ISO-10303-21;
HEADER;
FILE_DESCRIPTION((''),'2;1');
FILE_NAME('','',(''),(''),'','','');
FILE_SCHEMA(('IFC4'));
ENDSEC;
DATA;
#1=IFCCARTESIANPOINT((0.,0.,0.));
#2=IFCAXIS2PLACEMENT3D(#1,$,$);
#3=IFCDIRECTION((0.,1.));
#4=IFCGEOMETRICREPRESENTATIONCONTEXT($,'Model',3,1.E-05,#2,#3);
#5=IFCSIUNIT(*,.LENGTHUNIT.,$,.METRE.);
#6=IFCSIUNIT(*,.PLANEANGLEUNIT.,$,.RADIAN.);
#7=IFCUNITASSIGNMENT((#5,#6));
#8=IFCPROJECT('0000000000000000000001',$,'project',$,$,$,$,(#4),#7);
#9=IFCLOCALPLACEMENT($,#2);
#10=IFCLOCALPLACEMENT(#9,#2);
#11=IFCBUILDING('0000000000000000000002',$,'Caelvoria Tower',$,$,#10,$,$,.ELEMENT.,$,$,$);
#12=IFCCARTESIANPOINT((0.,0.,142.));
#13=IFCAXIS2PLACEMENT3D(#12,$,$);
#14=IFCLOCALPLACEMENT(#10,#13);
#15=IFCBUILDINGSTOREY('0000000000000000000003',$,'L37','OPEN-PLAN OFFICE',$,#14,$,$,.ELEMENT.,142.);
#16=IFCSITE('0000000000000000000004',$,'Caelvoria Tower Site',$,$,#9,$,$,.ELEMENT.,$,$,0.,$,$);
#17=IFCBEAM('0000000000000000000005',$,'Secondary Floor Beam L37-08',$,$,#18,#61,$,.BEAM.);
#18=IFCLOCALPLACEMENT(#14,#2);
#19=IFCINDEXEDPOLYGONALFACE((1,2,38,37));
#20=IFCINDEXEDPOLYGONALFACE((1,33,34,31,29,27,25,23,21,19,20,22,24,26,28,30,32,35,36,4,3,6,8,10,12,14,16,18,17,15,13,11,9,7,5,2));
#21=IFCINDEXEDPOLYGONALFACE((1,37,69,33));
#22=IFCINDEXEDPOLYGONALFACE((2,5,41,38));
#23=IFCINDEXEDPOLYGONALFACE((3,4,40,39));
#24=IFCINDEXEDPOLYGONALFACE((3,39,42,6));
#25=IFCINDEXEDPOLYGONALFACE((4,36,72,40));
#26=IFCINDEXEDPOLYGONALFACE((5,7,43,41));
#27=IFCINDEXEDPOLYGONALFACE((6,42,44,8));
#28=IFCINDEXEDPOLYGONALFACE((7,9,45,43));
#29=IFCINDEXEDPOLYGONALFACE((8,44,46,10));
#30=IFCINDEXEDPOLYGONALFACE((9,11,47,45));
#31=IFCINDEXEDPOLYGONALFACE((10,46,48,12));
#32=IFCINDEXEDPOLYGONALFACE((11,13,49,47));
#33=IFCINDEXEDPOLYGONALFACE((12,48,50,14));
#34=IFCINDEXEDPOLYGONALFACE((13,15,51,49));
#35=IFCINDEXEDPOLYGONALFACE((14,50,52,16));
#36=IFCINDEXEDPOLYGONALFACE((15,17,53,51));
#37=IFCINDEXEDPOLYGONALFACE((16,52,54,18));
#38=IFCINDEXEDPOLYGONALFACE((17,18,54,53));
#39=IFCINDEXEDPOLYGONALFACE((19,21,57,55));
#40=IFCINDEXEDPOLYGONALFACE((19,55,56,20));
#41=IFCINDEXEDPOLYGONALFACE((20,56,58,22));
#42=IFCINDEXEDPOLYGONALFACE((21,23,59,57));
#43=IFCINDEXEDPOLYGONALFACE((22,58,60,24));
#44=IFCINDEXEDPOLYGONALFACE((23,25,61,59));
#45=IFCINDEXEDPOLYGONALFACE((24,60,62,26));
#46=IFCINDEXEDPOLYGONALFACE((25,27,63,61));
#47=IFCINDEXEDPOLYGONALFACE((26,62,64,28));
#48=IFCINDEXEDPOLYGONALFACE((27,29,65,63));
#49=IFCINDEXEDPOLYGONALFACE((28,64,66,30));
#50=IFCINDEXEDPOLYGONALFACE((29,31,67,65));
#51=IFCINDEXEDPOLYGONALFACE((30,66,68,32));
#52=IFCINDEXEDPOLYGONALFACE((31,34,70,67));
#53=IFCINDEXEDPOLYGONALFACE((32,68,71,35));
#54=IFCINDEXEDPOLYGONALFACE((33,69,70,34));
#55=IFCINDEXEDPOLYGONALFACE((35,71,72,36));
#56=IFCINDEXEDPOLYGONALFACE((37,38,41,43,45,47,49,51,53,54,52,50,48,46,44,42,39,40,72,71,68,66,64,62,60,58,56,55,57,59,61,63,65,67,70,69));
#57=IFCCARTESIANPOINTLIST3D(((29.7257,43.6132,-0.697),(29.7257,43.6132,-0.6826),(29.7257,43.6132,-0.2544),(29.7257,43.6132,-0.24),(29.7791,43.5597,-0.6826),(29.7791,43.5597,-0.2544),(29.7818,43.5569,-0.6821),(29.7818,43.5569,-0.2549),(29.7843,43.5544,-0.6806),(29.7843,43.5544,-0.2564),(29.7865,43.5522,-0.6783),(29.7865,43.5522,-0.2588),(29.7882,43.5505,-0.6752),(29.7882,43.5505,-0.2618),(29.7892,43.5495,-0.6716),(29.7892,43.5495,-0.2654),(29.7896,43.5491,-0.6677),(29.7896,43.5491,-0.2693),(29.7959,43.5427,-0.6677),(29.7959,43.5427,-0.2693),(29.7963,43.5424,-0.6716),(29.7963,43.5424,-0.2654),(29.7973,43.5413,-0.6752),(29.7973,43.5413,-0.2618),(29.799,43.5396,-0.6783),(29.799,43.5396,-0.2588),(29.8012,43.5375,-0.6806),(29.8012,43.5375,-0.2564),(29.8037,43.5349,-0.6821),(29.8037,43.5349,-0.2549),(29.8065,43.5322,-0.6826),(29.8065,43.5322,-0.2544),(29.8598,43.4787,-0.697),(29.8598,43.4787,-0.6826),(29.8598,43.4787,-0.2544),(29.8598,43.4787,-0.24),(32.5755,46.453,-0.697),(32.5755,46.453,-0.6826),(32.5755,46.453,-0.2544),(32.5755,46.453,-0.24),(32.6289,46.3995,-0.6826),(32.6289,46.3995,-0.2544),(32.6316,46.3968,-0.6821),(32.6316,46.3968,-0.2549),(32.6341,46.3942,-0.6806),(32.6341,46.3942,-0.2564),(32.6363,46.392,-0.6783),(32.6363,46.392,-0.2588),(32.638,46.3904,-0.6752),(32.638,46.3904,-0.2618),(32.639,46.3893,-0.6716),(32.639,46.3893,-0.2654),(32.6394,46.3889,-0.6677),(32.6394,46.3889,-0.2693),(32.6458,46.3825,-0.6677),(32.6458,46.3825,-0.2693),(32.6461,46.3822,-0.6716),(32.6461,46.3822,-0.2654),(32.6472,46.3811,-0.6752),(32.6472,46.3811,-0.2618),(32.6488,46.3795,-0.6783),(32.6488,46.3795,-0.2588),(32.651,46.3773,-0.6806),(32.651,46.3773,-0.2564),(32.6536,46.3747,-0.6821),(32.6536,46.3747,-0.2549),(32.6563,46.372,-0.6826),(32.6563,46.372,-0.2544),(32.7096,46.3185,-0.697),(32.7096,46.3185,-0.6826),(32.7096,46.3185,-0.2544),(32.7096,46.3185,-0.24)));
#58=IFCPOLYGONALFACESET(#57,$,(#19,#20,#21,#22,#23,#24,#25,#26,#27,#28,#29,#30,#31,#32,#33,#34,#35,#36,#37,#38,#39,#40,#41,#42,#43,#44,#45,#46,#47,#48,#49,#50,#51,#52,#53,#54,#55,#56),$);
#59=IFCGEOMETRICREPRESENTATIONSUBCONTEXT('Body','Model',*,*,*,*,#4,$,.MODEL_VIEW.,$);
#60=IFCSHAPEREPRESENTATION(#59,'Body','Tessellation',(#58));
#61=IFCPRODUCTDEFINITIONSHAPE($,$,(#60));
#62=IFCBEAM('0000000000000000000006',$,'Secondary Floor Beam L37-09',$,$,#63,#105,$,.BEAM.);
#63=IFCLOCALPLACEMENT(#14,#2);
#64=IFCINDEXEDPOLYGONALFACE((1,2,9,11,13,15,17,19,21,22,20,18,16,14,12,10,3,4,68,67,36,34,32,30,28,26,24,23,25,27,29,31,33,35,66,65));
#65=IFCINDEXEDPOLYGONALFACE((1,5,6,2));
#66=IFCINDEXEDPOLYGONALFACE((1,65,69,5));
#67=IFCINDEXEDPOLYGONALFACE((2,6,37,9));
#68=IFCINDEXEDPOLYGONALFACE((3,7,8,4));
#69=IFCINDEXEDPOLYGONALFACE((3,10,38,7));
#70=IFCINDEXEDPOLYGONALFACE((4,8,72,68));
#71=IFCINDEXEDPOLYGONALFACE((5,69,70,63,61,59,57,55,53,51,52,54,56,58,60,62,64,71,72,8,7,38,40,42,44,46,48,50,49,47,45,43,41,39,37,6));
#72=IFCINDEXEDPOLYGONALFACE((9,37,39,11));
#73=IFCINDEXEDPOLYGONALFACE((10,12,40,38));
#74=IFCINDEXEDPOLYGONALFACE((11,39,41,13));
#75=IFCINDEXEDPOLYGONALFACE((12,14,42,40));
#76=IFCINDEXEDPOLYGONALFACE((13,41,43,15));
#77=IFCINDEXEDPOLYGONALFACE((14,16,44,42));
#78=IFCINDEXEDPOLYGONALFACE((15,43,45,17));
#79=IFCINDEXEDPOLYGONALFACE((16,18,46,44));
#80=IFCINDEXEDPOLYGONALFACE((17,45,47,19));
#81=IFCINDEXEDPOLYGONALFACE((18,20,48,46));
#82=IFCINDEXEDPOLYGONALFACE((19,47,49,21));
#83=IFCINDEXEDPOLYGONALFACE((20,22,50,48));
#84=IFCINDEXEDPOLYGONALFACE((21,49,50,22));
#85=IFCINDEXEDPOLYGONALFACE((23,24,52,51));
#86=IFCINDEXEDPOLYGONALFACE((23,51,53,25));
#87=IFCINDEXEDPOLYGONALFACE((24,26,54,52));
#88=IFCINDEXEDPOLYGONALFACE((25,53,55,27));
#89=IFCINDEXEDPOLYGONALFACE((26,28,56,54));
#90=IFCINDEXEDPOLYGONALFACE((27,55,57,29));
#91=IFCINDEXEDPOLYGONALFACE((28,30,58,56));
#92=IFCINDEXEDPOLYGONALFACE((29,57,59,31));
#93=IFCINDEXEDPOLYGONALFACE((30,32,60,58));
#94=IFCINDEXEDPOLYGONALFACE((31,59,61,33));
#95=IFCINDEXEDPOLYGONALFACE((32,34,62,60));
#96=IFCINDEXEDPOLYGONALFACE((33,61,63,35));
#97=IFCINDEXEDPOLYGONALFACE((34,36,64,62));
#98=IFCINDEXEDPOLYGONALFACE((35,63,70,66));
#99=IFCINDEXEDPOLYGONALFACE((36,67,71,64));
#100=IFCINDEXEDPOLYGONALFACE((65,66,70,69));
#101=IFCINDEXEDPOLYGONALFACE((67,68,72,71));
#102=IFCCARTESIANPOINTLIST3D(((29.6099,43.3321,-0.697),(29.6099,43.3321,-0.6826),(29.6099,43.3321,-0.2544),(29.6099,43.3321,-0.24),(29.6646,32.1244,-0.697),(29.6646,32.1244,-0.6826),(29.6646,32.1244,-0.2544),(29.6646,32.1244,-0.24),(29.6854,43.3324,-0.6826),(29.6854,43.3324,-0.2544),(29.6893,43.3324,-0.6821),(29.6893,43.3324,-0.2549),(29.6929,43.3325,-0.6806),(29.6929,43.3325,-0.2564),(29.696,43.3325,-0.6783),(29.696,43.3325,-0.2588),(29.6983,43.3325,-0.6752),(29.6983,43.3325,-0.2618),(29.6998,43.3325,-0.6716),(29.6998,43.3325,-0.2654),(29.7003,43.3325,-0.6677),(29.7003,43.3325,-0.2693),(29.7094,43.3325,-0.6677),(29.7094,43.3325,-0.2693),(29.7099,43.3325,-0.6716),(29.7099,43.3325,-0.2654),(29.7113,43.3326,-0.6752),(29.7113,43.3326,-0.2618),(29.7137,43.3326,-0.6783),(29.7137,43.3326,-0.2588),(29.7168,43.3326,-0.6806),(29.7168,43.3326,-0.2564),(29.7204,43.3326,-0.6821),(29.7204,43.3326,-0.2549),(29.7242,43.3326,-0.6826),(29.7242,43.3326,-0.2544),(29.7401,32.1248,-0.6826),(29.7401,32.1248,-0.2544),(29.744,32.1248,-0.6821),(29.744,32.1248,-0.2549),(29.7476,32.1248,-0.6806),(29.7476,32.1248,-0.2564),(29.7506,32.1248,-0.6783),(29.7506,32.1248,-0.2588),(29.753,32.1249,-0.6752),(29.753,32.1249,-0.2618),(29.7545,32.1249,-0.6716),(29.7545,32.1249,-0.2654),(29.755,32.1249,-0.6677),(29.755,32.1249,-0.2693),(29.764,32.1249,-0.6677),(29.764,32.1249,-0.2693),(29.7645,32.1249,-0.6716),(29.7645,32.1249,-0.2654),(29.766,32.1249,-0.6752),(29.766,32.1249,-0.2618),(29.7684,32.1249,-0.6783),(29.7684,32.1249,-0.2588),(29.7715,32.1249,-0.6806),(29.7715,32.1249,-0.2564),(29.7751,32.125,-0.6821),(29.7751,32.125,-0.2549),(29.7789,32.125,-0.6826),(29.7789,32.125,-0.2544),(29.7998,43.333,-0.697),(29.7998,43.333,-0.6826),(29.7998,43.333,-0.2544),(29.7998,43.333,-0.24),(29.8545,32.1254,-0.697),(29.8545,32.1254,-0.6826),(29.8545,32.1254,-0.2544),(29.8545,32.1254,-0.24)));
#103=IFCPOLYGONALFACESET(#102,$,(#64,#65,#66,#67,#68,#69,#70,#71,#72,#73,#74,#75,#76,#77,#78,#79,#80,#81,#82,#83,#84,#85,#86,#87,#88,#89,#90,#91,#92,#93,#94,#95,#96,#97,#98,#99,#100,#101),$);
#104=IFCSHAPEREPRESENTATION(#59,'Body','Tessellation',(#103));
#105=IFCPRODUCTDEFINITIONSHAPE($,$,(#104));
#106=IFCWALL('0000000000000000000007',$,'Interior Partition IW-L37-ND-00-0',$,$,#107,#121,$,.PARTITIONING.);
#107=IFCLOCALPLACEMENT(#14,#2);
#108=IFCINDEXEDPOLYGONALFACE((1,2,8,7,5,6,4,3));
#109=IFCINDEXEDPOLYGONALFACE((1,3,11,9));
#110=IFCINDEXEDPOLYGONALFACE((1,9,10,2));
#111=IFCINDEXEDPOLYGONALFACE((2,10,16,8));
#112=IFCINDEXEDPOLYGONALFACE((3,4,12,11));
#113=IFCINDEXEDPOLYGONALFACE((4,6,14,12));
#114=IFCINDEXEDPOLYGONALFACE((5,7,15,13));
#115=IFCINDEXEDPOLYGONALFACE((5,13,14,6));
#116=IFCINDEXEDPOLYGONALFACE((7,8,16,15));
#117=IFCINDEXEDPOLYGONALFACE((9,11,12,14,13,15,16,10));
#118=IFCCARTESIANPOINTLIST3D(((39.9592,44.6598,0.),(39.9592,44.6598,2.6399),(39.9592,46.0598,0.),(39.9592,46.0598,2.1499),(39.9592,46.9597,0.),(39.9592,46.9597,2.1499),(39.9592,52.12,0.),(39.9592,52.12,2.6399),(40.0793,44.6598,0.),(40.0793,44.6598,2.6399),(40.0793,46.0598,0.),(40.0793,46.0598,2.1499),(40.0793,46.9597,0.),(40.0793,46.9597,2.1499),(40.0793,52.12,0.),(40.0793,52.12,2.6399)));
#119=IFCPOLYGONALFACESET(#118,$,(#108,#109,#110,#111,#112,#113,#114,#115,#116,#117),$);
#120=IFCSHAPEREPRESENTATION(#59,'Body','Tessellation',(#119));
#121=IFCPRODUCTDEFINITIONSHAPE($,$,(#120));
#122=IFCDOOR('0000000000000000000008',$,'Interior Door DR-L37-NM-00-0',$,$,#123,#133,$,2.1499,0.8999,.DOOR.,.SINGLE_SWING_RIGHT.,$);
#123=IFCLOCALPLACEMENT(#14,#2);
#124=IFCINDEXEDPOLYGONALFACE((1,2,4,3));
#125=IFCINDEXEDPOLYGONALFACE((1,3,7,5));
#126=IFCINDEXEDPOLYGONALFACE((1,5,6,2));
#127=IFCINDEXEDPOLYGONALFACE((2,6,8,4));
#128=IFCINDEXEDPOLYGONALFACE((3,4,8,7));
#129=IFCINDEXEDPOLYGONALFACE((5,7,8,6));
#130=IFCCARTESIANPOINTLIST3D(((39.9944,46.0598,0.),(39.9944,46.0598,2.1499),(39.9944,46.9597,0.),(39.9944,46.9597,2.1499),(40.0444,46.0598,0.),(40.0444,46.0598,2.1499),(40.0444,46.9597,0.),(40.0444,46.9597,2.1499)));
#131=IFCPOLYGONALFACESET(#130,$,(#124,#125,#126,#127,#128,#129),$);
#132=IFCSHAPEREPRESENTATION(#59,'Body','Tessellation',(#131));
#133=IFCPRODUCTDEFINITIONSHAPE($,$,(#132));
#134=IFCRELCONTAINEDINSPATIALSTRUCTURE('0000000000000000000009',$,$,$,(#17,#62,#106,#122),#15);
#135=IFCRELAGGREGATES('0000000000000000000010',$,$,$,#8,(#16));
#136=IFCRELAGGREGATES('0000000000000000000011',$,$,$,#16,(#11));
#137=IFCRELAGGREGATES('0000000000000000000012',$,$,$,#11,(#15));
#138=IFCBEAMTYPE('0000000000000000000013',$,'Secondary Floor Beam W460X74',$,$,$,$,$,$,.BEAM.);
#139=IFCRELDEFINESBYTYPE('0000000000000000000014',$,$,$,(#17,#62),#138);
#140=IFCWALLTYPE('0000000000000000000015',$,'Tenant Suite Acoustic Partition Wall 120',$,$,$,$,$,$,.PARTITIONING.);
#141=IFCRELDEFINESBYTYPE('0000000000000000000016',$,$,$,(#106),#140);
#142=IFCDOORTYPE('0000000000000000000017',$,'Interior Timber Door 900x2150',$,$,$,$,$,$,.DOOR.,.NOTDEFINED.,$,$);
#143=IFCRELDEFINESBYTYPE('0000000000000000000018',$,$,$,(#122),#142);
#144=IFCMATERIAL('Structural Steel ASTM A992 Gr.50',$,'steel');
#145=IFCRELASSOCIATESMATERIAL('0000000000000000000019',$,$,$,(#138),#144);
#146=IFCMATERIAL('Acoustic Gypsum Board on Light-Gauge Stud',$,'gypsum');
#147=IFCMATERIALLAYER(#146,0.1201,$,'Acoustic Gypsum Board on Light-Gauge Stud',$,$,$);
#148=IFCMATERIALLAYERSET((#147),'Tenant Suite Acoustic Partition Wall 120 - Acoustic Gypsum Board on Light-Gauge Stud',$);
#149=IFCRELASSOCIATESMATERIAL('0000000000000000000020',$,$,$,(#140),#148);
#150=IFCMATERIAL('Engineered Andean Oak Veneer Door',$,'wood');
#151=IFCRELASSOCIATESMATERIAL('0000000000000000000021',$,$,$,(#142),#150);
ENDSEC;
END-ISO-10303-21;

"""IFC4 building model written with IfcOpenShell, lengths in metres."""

from ifc_helpers import new_model, si_unit, direction, frame, frame_2d, origin, origin_2d, place, context, subcontext, project, spatial, rectangle, i_section, extrude, material, layer, layer_set, material_profile, profile_set, type_object, element, fill, save


model = new_model("IFC4")

# Units and contexts
model_context = context("Model", 3, precision=1e-05, world=origin(), true_north=direction((0.0, 1.0)))
body_context = subcontext(model_context, "Body", "Model", "MODEL_VIEW")
ifc_project = project(units=[si_unit("LENGTHUNIT", "METRE"), si_unit("PLANEANGLEUNIT", "RADIAN")], contexts=[model_context])

# Site, building, storey
site_placement = place(None, origin())
site = spatial("IfcSite", under=ifc_project, at=site_placement, Name="Caelvoria Tower Site", CompositionType="ELEMENT", RefElevation=0.0)
building_placement = place(site_placement, origin())
building = spatial("IfcBuilding", under=site, at=building_placement, Name="Caelvoria Tower", CompositionType="ELEMENT")
storey_placement = place(building_placement, frame((0.0, 0.0, 142.0)))
storey = spatial("IfcBuildingStorey", under=building, at=storey_placement, Name="L37", Description="OPEN-PLAN OFFICE", CompositionType="ELEMENT", Elevation=142.0)

# Beams
ifc_material_1 = material(Name="Structural Steel ASTM A992 Gr.50", Category="steel")
ifc_material_profile = material_profile(ifc_material_1, i_section(OverallWidth=0.1899, OverallDepth=0.457, WebThickness=0.009, FlangeThickness=0.0144, FilletRadius=0.0149, at=origin_2d()), Name="Structural Steel ASTM A992 Gr.50")
ifc_profile_set = profile_set([ifc_material_profile], Name="W460X74 - Structural Steel ASTM A992 Gr.50")
beam_type = type_object("IfcBeamType", Name="Secondary Floor Beam W460X74", PredefinedType="BEAM", material=ifc_profile_set)
beam_1_placement = place(storey_placement, frame((32.6426, 46.3857, -0.4685), z_axis=(-0.70835, -0.705862, 0.0), x_axis=(0.705862, -0.70835, 0.0)))
element("IfcBeam", 1, at=beam_1_placement, inside=storey, type_object=beam_type, Name="Secondary Floor Beam L37-08", PredefinedType="BEAM", context=body_context, shape_type="SweptSolid", body=[
    extrude(i_section(OverallWidth=0.1899, OverallDepth=0.457, WebThickness=0.009, FlangeThickness=0.0144, FilletRadius=0.0149, at=origin_2d()), origin(), (0.0, 0.0, 1.0), 4.0232),
])
beam_2_placement = place(storey_placement, frame((29.7048, 43.3325, -0.4685), z_axis=(0.004879, -0.999988, 0.0), x_axis=(0.999988, 0.004879, 0.0)))
element("IfcBeam", 2, at=beam_2_placement, inside=storey, type_object=beam_type, Name="Secondary Floor Beam L37-09", PredefinedType="BEAM", context=body_context, shape_type="SweptSolid", body=[
    extrude(i_section(OverallWidth=0.1899, OverallDepth=0.457, WebThickness=0.009, FlangeThickness=0.0144, FilletRadius=0.0149, at=origin_2d()), origin(), (0.0, 0.0, 1.0), 11.2078),
])

# Wall, opening, door
ifc_material_2 = material(Name="Acoustic Gypsum Board on Light-Gauge Stud", Category="gypsum")
ifc_layer_1 = layer(ifc_material_2, 0.1201, Name="Acoustic Gypsum Board on Light-Gauge Stud")
ifc_layer_set_1 = layer_set([ifc_layer_1], Name="Tenant Suite Acoustic Partition Wall 120 - Acoustic Gypsum Board on Light-Gauge Stud")
wall_type = type_object("IfcWallType", Name="Tenant Suite Acoustic Partition Wall 120", PredefinedType="PARTITIONING", material=ifc_layer_set_1)
wall_1_placement = place(storey_placement, frame((40.0193, 44.6599, 0.0), z_axis=(0.0, 0.0, 1.0), x_axis=(0.0, 1.0, 0.0)))
wall_1 = element("IfcWall", 3, at=wall_1_placement, inside=storey, type_object=wall_type, Name="Interior Partition IW-L37-ND-00-0", PredefinedType="PARTITIONING", context=body_context, shape_type="SweptSolid", body=[
    extrude(rectangle(XDim=7.4602, YDim=0.1201, at=frame_2d((3.73, 0.0))), origin(), (0.0, 0.0, 1.0), 2.6399),
])
opening_1_placement = place(wall_1_placement, frame((1.3999, 0.0, 0.0)))
opening_1 = element("IfcOpeningElement", 4, at=opening_1_placement, cuts=wall_1, PredefinedType="OPENING", context=body_context, shape_type="SweptSolid", body=[
    extrude(rectangle(XDim=0.8999, YDim=2.1499, at=frame_2d((0.45, 1.075))), frame((0.0, 0.0701, 0.0), z_axis=(0.0, -1.0, 0.0), x_axis=(1.0, 0.0, 0.0)), (0.0, 0.0, 1.0), 0.1401),
])
ifc_material_3 = material(Name="Engineered Andean Oak Veneer Door", Category="wood")
door_type_1 = type_object("IfcDoorType", Name="Interior Timber Door 900x2150", OperationType="NOTDEFINED", PredefinedType="DOOR", material=ifc_material_3)
door_1_placement = place(opening_1_placement, origin())
door_1 = element("IfcDoor", 5, at=door_1_placement, inside=storey, type_object=door_type_1, Name="Interior Door DR-L37-NM-00-0", OperationType="SINGLE_SWING_RIGHT", OverallHeight=2.1499, OverallWidth=0.8999, PredefinedType="DOOR", context=body_context, shape_type="SweptSolid", body=[
    extrude(rectangle(XDim=0.8999, YDim=2.1499, at=frame_2d((0.45, 1.075))), frame((0.0, 0.0249, 0.0), z_axis=(0.0, -1.0, 0.0), x_axis=(1.0, 0.0, 0.0)), (0.0, 0.0, 1.0), 0.05),
])
fill(opening_1, door_1)

save(model, "model.ifc")
